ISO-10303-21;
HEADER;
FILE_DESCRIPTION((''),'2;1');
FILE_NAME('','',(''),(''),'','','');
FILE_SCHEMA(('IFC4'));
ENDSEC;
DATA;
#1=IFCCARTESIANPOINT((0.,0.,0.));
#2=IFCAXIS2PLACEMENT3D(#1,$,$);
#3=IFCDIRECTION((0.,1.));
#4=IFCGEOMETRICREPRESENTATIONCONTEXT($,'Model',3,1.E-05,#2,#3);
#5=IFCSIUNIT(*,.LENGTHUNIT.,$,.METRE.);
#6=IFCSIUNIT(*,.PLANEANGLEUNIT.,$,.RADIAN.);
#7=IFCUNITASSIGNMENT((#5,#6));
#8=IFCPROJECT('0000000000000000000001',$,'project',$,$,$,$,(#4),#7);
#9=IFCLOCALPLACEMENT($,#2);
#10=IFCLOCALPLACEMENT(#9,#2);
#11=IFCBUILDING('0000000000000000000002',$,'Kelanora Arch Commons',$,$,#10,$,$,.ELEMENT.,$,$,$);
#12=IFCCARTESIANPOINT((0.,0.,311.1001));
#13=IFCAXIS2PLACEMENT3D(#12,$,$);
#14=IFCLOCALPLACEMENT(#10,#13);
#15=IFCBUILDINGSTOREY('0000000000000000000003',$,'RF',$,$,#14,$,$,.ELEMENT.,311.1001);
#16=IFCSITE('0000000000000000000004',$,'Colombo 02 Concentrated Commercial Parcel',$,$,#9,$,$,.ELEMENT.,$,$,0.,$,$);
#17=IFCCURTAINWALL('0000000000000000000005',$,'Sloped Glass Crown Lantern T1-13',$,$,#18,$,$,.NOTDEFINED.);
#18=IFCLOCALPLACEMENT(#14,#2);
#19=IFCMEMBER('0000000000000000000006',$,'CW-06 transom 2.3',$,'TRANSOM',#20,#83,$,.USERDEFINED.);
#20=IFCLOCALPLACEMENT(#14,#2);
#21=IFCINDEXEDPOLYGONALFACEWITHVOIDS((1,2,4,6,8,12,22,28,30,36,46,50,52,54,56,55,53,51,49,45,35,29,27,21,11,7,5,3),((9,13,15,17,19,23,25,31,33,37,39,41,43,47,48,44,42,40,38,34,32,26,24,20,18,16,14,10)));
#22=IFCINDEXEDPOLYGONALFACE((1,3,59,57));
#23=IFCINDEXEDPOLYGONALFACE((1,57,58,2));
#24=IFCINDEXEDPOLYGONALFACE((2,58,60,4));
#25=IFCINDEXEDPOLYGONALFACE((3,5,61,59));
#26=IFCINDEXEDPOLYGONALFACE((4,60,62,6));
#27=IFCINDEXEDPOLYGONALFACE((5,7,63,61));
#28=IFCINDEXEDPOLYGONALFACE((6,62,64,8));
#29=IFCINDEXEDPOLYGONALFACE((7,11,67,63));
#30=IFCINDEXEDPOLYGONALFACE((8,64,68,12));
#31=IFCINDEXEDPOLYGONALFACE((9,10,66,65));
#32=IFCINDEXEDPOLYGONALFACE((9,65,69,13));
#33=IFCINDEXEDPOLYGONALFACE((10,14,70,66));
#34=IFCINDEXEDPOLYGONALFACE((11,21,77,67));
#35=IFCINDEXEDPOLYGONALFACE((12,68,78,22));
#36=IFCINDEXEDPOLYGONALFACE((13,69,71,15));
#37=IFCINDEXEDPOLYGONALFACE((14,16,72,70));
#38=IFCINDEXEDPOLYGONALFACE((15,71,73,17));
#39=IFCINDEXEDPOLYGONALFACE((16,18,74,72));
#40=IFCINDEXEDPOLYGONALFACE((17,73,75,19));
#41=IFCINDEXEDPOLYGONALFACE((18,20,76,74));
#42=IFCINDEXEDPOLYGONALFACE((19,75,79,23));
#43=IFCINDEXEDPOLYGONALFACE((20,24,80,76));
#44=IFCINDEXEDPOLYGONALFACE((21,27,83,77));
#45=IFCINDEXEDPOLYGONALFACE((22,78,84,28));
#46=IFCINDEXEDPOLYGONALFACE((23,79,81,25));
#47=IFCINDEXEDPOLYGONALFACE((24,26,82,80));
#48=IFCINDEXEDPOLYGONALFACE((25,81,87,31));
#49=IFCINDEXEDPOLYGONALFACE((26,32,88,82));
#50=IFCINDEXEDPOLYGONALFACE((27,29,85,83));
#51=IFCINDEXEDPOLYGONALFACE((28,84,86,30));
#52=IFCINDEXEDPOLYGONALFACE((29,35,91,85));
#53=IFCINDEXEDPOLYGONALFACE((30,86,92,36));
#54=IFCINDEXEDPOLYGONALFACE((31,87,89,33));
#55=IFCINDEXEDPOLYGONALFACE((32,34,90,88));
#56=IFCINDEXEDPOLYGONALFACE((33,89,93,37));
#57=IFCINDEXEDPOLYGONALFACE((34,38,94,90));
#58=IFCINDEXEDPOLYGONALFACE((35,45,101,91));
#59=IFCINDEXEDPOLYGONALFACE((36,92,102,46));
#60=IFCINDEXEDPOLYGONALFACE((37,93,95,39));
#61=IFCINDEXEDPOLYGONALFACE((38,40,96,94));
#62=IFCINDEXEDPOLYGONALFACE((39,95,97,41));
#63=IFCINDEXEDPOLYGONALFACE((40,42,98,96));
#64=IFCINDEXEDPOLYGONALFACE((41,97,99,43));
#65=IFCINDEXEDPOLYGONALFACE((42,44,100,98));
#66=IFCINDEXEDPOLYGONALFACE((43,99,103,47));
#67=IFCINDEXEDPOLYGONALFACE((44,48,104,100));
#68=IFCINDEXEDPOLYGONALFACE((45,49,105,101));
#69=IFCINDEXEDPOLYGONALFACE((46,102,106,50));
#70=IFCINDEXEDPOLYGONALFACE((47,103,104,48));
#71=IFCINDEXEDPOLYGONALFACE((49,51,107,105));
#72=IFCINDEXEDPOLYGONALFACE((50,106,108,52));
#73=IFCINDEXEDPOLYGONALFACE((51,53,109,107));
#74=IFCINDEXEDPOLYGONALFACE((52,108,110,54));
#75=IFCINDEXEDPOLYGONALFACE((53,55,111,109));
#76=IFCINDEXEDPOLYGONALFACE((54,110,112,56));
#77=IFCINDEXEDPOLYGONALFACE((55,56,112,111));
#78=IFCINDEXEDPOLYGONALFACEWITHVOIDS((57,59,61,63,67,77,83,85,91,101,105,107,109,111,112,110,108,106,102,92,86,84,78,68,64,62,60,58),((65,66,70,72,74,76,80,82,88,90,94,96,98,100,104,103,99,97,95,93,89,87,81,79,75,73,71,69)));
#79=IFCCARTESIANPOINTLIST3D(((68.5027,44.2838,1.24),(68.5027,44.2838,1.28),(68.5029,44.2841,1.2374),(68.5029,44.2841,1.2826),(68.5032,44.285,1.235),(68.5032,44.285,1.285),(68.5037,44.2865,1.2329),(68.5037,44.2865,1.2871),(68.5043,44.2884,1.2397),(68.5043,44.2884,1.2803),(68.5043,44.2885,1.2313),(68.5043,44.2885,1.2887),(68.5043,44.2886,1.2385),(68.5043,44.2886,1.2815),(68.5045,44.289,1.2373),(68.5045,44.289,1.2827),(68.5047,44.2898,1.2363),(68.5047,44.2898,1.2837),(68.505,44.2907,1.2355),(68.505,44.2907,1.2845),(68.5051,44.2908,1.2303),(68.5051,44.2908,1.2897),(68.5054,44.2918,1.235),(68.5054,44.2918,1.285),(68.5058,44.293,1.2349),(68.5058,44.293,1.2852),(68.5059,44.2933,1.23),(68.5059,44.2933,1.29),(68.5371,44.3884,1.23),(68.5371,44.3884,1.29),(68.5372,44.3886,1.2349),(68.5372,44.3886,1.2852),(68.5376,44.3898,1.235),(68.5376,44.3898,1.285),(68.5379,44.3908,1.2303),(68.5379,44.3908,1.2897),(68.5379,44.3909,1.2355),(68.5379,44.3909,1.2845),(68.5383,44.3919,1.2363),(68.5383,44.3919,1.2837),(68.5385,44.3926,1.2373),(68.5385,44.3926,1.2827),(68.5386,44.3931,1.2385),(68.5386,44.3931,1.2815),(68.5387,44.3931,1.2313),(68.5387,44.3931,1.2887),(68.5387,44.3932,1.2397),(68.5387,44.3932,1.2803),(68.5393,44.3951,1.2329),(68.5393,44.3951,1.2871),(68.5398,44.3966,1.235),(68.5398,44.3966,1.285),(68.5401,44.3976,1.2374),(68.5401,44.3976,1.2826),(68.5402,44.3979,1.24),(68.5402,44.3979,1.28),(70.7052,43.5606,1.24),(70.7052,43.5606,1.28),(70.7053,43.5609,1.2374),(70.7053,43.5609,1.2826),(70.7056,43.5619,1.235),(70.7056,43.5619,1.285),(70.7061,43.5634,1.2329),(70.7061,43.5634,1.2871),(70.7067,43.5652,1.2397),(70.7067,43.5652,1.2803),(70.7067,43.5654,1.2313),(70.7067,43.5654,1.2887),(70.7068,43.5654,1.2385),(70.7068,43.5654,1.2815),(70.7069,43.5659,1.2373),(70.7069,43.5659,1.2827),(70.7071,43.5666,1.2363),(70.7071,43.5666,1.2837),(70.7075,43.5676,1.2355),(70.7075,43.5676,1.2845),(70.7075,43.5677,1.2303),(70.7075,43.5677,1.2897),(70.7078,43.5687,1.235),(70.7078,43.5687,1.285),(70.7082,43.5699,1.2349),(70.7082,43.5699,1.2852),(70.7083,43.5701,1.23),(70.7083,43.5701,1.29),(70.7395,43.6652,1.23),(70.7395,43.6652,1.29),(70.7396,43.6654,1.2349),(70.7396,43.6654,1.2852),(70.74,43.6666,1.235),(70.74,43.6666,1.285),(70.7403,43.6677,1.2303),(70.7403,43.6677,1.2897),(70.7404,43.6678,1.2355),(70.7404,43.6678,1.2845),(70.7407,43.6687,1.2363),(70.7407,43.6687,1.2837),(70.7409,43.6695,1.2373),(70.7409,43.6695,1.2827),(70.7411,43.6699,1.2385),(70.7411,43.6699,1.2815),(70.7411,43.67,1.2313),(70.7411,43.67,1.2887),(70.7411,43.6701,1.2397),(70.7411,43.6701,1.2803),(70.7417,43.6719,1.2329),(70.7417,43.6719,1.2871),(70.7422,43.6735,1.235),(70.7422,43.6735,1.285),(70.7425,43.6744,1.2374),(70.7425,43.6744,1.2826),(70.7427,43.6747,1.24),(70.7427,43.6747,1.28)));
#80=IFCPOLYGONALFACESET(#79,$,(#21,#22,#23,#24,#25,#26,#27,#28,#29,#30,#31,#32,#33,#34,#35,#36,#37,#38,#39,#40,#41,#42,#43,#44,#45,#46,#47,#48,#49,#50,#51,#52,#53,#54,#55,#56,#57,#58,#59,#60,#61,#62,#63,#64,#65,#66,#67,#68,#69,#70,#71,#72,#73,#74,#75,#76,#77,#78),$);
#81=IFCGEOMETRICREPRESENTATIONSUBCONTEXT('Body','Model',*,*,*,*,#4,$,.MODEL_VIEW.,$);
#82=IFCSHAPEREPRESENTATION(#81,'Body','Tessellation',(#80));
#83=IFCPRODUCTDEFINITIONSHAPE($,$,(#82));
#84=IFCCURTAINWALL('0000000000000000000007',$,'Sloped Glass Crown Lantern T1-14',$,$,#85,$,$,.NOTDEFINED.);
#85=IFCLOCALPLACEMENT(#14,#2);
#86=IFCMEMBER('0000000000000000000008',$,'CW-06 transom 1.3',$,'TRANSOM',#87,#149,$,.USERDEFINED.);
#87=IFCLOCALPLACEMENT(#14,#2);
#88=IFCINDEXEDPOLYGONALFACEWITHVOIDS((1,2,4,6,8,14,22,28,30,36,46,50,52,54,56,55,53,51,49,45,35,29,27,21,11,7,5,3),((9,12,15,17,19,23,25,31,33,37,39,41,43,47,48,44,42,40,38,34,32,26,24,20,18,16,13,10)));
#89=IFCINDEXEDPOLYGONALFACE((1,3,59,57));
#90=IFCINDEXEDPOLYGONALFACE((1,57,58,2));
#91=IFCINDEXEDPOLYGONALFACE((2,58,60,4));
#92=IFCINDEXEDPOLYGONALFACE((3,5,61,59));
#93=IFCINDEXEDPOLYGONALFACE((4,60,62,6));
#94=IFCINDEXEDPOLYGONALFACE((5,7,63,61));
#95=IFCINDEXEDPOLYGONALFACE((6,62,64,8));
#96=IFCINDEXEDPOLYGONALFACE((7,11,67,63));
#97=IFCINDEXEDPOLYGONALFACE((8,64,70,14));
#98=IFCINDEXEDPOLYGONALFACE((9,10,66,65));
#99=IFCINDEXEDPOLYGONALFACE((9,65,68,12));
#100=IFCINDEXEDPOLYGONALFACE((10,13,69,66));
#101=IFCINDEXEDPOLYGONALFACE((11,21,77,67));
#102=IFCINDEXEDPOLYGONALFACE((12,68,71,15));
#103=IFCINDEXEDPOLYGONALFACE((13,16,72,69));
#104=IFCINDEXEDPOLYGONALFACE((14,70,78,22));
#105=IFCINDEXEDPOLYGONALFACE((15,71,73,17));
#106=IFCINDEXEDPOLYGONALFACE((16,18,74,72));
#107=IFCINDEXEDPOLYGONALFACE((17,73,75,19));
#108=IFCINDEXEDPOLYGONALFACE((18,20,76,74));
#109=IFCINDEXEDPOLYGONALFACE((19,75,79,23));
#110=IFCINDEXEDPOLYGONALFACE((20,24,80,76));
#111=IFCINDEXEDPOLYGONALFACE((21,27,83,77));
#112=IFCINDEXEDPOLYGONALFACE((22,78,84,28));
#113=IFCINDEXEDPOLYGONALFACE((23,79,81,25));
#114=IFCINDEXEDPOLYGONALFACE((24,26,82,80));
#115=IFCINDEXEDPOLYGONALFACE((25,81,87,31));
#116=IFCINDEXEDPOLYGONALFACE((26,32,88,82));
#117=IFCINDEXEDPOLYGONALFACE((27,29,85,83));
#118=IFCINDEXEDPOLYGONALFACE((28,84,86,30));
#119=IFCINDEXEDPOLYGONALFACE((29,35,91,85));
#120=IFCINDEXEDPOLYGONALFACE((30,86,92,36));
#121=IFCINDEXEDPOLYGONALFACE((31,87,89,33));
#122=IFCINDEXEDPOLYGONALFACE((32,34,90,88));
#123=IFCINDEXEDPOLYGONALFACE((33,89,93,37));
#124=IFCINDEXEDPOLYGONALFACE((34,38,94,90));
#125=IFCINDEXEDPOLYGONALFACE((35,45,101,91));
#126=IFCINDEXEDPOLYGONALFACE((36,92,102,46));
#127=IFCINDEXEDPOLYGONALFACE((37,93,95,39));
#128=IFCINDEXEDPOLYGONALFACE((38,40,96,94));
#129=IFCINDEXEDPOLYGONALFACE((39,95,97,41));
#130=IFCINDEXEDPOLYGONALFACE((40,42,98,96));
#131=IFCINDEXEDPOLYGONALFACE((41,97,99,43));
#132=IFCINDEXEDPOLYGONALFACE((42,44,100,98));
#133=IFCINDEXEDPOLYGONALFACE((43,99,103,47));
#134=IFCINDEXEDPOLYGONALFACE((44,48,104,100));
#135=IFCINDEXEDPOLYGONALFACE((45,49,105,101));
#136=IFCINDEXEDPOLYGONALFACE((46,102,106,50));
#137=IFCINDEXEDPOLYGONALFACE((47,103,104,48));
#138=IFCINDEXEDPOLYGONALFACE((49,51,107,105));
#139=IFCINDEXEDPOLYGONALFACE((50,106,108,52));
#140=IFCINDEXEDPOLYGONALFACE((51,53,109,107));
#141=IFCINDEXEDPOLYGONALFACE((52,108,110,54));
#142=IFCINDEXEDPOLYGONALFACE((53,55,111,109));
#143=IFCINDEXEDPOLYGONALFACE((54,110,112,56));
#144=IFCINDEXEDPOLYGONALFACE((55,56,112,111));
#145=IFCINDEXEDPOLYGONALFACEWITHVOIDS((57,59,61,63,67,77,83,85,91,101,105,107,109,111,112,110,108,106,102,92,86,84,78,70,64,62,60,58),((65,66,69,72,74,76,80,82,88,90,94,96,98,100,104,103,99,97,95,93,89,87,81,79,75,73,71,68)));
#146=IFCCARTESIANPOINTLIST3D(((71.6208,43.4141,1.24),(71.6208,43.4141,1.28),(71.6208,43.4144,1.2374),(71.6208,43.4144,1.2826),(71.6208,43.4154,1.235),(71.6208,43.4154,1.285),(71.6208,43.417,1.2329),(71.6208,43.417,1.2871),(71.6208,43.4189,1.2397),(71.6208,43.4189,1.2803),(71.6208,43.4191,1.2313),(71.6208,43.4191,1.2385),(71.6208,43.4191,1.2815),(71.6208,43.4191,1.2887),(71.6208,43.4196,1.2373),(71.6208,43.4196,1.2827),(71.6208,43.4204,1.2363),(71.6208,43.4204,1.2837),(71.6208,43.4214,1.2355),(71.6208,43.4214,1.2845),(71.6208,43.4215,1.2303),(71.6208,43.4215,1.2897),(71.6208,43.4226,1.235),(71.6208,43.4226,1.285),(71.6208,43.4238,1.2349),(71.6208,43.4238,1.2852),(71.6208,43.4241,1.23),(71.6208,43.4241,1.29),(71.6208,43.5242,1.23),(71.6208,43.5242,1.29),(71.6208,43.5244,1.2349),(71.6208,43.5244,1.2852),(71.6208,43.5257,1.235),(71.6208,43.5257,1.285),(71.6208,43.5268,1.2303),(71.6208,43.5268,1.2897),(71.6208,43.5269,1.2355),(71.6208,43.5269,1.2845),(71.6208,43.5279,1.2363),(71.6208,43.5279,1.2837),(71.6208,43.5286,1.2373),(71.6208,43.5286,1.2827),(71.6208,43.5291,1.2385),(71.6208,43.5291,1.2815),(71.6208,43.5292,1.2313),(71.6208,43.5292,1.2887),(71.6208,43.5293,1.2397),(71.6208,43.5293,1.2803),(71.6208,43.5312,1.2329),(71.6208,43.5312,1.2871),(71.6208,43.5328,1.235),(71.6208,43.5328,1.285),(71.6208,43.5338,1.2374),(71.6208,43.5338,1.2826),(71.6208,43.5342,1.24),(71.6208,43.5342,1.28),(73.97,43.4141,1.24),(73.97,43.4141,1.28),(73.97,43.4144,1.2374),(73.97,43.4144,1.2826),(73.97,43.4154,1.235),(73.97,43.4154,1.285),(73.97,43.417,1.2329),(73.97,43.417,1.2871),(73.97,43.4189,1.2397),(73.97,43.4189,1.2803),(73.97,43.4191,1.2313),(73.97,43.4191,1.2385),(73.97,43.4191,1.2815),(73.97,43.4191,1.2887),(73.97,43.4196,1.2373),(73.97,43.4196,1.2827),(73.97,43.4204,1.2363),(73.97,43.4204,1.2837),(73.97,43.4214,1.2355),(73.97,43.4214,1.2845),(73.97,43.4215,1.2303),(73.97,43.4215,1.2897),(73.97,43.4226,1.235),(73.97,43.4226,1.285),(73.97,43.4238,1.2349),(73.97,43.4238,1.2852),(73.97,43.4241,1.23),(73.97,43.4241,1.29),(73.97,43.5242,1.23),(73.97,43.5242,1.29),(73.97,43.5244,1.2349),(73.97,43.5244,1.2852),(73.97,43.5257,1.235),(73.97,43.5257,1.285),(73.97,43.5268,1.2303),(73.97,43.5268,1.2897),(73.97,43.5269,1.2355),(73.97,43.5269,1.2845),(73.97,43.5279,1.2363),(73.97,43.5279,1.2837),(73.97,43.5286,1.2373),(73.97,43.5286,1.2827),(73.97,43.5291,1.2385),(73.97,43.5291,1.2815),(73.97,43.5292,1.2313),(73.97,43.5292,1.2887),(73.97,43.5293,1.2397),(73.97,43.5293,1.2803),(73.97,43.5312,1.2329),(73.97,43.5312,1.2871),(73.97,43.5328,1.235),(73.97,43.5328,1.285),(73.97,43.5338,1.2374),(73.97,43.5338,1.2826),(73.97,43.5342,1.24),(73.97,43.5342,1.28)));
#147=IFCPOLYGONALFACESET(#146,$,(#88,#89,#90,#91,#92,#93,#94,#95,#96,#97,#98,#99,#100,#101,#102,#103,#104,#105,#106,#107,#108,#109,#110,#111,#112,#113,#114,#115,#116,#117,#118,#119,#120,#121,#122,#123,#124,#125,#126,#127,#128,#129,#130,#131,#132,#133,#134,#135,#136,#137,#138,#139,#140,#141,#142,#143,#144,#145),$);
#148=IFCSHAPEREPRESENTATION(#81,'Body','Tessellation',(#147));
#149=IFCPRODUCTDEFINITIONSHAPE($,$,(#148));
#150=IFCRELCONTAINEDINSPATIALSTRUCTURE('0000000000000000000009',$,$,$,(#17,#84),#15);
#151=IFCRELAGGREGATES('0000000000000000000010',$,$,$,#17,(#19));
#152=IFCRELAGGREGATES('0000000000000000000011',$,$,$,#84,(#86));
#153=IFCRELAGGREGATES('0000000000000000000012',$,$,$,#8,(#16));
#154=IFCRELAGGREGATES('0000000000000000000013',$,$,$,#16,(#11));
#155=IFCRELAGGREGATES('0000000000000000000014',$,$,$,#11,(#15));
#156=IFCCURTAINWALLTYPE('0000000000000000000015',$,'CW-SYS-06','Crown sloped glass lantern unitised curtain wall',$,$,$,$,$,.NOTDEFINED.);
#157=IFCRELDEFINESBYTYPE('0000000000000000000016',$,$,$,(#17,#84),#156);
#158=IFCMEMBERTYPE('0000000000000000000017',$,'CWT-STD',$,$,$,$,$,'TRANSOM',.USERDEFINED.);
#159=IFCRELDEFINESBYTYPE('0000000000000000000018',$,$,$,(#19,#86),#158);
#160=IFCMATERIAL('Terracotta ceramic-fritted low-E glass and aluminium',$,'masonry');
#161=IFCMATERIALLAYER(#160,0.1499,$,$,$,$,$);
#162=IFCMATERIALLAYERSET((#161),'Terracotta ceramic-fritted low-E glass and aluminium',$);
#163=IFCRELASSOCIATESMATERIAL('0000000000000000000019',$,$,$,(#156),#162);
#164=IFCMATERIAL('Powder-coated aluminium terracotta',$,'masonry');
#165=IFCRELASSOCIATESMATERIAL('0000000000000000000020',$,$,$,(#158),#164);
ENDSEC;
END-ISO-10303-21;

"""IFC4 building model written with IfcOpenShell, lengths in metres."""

from ifc_helpers import new_model, si_unit, direction, frame, origin, origin_2d, place, context, subcontext, project, spatial, hollow_rectangle, extrude, material, layer, layer_set, material_profile, profile_set, type_object, element, aggregate, save


model = new_model("IFC4")

# Units and contexts
model_context = context("Model", 3, precision=1e-05, world=origin(), true_north=direction((0.0, 1.0)))
body_context = subcontext(model_context, "Body", "Model", "MODEL_VIEW")
ifc_project = project(units=[si_unit("LENGTHUNIT", "METRE"), si_unit("PLANEANGLEUNIT", "RADIAN")], contexts=[model_context])

# Site, building, storey
site_placement = place(None, origin())
site = spatial("IfcSite", under=ifc_project, at=site_placement, Name="Colombo 02 Concentrated Commercial Parcel", CompositionType="ELEMENT", RefElevation=0.0)
building_placement = place(site_placement, origin())
building = spatial("IfcBuilding", under=site, at=building_placement, Name="Kelanora Arch Commons", CompositionType="ELEMENT")
storey_placement = place(building_placement, frame((0.0, 0.0, 311.1001)))
storey = spatial("IfcBuildingStorey", under=building, at=storey_placement, Name="RF", CompositionType="ELEMENT", Elevation=311.1001)

# Shared definitions
ifc_material_1 = material(Name="Terracotta ceramic-fritted low-E glass and aluminium", Category="masonry")
ifc_layer_1 = layer(ifc_material_1, 0.1499)
ifc_layer_set_1 = layer_set([ifc_layer_1], Name="Terracotta ceramic-fritted low-E glass and aluminium")
curtain_wall_type = type_object("IfcCurtainWallType", Name="CW-SYS-06", Description="Crown sloped glass lantern unitised curtain wall", PredefinedType="NOTDEFINED", material=ifc_layer_set_1)
ifc_material_2 = material(Name="Powder-coated aluminium terracotta", Category="masonry")

# Shared definitions
ifc_material_profile_1 = material_profile(ifc_material_2, hollow_rectangle(XDim=0.1201, YDim=0.0601, WallThickness=0.0049, InnerFilletRadius=0.0049, OuterFilletRadius=0.01, at=origin_2d()), Name="CWT120x60")
ifc_profile_set_1 = profile_set([ifc_material_profile_1], Name="Powder-coated aluminium terracotta")
member_type_1 = type_object("IfcMemberType", Name="CWT-STD", ElementType="TRANSOM", PredefinedType="USERDEFINED", material=ifc_profile_set_1)

# Curtain wall, member
curtain_wall_1_placement = place(storey_placement, origin())
curtain_wall_1 = element("IfcCurtainWall", 1, at=curtain_wall_1_placement, inside=storey, type_object=curtain_wall_type, Name="Sloped Glass Crown Lantern T1-13", PredefinedType="NOTDEFINED")
member_1_placement = place(storey_placement, frame((68.5215, 44.3408, 1.26), z_axis=(0.950096, -0.311959, 0.0), x_axis=(0.311959, 0.950096, 0.0)))
member_1 = element("IfcMember", 2, at=member_1_placement, type_object=member_type_1, Name="CW-06 transom 2.3", ObjectType="TRANSOM", PredefinedType="USERDEFINED", context=body_context, shape_type="SweptSolid", body=[
    extrude(hollow_rectangle(XDim=0.1201, YDim=0.0601, WallThickness=0.0049, InnerFilletRadius=0.0049, OuterFilletRadius=0.01, at=origin_2d()), origin(), (0.0, 0.0, 1.0), 2.3181),
])

# Curtain wall, member
curtain_wall_2_placement = place(storey_placement, origin())
curtain_wall_2 = element("IfcCurtainWall", 3, at=curtain_wall_2_placement, inside=storey, type_object=curtain_wall_type, Name="Sloped Glass Crown Lantern T1-14", PredefinedType="NOTDEFINED")
member_2_placement = place(storey_placement, frame((71.6208, 43.4741, 1.26), z_axis=(1.0, 0.0, 0.0), x_axis=(0.0, 1.0, 0.0)))
member_2 = element("IfcMember", 4, at=member_2_placement, type_object=member_type_1, Name="CW-06 transom 1.3", ObjectType="TRANSOM", PredefinedType="USERDEFINED", context=body_context, shape_type="SweptSolid", body=[
    extrude(hollow_rectangle(XDim=0.1201, YDim=0.0601, WallThickness=0.0049, InnerFilletRadius=0.0049, OuterFilletRadius=0.01, at=origin_2d()), origin(), (0.0, 0.0, 1.0), 2.3491),
])

aggregate(curtain_wall_1, [member_1])
aggregate(curtain_wall_2, [member_2])

save(model, "model.ifc")
